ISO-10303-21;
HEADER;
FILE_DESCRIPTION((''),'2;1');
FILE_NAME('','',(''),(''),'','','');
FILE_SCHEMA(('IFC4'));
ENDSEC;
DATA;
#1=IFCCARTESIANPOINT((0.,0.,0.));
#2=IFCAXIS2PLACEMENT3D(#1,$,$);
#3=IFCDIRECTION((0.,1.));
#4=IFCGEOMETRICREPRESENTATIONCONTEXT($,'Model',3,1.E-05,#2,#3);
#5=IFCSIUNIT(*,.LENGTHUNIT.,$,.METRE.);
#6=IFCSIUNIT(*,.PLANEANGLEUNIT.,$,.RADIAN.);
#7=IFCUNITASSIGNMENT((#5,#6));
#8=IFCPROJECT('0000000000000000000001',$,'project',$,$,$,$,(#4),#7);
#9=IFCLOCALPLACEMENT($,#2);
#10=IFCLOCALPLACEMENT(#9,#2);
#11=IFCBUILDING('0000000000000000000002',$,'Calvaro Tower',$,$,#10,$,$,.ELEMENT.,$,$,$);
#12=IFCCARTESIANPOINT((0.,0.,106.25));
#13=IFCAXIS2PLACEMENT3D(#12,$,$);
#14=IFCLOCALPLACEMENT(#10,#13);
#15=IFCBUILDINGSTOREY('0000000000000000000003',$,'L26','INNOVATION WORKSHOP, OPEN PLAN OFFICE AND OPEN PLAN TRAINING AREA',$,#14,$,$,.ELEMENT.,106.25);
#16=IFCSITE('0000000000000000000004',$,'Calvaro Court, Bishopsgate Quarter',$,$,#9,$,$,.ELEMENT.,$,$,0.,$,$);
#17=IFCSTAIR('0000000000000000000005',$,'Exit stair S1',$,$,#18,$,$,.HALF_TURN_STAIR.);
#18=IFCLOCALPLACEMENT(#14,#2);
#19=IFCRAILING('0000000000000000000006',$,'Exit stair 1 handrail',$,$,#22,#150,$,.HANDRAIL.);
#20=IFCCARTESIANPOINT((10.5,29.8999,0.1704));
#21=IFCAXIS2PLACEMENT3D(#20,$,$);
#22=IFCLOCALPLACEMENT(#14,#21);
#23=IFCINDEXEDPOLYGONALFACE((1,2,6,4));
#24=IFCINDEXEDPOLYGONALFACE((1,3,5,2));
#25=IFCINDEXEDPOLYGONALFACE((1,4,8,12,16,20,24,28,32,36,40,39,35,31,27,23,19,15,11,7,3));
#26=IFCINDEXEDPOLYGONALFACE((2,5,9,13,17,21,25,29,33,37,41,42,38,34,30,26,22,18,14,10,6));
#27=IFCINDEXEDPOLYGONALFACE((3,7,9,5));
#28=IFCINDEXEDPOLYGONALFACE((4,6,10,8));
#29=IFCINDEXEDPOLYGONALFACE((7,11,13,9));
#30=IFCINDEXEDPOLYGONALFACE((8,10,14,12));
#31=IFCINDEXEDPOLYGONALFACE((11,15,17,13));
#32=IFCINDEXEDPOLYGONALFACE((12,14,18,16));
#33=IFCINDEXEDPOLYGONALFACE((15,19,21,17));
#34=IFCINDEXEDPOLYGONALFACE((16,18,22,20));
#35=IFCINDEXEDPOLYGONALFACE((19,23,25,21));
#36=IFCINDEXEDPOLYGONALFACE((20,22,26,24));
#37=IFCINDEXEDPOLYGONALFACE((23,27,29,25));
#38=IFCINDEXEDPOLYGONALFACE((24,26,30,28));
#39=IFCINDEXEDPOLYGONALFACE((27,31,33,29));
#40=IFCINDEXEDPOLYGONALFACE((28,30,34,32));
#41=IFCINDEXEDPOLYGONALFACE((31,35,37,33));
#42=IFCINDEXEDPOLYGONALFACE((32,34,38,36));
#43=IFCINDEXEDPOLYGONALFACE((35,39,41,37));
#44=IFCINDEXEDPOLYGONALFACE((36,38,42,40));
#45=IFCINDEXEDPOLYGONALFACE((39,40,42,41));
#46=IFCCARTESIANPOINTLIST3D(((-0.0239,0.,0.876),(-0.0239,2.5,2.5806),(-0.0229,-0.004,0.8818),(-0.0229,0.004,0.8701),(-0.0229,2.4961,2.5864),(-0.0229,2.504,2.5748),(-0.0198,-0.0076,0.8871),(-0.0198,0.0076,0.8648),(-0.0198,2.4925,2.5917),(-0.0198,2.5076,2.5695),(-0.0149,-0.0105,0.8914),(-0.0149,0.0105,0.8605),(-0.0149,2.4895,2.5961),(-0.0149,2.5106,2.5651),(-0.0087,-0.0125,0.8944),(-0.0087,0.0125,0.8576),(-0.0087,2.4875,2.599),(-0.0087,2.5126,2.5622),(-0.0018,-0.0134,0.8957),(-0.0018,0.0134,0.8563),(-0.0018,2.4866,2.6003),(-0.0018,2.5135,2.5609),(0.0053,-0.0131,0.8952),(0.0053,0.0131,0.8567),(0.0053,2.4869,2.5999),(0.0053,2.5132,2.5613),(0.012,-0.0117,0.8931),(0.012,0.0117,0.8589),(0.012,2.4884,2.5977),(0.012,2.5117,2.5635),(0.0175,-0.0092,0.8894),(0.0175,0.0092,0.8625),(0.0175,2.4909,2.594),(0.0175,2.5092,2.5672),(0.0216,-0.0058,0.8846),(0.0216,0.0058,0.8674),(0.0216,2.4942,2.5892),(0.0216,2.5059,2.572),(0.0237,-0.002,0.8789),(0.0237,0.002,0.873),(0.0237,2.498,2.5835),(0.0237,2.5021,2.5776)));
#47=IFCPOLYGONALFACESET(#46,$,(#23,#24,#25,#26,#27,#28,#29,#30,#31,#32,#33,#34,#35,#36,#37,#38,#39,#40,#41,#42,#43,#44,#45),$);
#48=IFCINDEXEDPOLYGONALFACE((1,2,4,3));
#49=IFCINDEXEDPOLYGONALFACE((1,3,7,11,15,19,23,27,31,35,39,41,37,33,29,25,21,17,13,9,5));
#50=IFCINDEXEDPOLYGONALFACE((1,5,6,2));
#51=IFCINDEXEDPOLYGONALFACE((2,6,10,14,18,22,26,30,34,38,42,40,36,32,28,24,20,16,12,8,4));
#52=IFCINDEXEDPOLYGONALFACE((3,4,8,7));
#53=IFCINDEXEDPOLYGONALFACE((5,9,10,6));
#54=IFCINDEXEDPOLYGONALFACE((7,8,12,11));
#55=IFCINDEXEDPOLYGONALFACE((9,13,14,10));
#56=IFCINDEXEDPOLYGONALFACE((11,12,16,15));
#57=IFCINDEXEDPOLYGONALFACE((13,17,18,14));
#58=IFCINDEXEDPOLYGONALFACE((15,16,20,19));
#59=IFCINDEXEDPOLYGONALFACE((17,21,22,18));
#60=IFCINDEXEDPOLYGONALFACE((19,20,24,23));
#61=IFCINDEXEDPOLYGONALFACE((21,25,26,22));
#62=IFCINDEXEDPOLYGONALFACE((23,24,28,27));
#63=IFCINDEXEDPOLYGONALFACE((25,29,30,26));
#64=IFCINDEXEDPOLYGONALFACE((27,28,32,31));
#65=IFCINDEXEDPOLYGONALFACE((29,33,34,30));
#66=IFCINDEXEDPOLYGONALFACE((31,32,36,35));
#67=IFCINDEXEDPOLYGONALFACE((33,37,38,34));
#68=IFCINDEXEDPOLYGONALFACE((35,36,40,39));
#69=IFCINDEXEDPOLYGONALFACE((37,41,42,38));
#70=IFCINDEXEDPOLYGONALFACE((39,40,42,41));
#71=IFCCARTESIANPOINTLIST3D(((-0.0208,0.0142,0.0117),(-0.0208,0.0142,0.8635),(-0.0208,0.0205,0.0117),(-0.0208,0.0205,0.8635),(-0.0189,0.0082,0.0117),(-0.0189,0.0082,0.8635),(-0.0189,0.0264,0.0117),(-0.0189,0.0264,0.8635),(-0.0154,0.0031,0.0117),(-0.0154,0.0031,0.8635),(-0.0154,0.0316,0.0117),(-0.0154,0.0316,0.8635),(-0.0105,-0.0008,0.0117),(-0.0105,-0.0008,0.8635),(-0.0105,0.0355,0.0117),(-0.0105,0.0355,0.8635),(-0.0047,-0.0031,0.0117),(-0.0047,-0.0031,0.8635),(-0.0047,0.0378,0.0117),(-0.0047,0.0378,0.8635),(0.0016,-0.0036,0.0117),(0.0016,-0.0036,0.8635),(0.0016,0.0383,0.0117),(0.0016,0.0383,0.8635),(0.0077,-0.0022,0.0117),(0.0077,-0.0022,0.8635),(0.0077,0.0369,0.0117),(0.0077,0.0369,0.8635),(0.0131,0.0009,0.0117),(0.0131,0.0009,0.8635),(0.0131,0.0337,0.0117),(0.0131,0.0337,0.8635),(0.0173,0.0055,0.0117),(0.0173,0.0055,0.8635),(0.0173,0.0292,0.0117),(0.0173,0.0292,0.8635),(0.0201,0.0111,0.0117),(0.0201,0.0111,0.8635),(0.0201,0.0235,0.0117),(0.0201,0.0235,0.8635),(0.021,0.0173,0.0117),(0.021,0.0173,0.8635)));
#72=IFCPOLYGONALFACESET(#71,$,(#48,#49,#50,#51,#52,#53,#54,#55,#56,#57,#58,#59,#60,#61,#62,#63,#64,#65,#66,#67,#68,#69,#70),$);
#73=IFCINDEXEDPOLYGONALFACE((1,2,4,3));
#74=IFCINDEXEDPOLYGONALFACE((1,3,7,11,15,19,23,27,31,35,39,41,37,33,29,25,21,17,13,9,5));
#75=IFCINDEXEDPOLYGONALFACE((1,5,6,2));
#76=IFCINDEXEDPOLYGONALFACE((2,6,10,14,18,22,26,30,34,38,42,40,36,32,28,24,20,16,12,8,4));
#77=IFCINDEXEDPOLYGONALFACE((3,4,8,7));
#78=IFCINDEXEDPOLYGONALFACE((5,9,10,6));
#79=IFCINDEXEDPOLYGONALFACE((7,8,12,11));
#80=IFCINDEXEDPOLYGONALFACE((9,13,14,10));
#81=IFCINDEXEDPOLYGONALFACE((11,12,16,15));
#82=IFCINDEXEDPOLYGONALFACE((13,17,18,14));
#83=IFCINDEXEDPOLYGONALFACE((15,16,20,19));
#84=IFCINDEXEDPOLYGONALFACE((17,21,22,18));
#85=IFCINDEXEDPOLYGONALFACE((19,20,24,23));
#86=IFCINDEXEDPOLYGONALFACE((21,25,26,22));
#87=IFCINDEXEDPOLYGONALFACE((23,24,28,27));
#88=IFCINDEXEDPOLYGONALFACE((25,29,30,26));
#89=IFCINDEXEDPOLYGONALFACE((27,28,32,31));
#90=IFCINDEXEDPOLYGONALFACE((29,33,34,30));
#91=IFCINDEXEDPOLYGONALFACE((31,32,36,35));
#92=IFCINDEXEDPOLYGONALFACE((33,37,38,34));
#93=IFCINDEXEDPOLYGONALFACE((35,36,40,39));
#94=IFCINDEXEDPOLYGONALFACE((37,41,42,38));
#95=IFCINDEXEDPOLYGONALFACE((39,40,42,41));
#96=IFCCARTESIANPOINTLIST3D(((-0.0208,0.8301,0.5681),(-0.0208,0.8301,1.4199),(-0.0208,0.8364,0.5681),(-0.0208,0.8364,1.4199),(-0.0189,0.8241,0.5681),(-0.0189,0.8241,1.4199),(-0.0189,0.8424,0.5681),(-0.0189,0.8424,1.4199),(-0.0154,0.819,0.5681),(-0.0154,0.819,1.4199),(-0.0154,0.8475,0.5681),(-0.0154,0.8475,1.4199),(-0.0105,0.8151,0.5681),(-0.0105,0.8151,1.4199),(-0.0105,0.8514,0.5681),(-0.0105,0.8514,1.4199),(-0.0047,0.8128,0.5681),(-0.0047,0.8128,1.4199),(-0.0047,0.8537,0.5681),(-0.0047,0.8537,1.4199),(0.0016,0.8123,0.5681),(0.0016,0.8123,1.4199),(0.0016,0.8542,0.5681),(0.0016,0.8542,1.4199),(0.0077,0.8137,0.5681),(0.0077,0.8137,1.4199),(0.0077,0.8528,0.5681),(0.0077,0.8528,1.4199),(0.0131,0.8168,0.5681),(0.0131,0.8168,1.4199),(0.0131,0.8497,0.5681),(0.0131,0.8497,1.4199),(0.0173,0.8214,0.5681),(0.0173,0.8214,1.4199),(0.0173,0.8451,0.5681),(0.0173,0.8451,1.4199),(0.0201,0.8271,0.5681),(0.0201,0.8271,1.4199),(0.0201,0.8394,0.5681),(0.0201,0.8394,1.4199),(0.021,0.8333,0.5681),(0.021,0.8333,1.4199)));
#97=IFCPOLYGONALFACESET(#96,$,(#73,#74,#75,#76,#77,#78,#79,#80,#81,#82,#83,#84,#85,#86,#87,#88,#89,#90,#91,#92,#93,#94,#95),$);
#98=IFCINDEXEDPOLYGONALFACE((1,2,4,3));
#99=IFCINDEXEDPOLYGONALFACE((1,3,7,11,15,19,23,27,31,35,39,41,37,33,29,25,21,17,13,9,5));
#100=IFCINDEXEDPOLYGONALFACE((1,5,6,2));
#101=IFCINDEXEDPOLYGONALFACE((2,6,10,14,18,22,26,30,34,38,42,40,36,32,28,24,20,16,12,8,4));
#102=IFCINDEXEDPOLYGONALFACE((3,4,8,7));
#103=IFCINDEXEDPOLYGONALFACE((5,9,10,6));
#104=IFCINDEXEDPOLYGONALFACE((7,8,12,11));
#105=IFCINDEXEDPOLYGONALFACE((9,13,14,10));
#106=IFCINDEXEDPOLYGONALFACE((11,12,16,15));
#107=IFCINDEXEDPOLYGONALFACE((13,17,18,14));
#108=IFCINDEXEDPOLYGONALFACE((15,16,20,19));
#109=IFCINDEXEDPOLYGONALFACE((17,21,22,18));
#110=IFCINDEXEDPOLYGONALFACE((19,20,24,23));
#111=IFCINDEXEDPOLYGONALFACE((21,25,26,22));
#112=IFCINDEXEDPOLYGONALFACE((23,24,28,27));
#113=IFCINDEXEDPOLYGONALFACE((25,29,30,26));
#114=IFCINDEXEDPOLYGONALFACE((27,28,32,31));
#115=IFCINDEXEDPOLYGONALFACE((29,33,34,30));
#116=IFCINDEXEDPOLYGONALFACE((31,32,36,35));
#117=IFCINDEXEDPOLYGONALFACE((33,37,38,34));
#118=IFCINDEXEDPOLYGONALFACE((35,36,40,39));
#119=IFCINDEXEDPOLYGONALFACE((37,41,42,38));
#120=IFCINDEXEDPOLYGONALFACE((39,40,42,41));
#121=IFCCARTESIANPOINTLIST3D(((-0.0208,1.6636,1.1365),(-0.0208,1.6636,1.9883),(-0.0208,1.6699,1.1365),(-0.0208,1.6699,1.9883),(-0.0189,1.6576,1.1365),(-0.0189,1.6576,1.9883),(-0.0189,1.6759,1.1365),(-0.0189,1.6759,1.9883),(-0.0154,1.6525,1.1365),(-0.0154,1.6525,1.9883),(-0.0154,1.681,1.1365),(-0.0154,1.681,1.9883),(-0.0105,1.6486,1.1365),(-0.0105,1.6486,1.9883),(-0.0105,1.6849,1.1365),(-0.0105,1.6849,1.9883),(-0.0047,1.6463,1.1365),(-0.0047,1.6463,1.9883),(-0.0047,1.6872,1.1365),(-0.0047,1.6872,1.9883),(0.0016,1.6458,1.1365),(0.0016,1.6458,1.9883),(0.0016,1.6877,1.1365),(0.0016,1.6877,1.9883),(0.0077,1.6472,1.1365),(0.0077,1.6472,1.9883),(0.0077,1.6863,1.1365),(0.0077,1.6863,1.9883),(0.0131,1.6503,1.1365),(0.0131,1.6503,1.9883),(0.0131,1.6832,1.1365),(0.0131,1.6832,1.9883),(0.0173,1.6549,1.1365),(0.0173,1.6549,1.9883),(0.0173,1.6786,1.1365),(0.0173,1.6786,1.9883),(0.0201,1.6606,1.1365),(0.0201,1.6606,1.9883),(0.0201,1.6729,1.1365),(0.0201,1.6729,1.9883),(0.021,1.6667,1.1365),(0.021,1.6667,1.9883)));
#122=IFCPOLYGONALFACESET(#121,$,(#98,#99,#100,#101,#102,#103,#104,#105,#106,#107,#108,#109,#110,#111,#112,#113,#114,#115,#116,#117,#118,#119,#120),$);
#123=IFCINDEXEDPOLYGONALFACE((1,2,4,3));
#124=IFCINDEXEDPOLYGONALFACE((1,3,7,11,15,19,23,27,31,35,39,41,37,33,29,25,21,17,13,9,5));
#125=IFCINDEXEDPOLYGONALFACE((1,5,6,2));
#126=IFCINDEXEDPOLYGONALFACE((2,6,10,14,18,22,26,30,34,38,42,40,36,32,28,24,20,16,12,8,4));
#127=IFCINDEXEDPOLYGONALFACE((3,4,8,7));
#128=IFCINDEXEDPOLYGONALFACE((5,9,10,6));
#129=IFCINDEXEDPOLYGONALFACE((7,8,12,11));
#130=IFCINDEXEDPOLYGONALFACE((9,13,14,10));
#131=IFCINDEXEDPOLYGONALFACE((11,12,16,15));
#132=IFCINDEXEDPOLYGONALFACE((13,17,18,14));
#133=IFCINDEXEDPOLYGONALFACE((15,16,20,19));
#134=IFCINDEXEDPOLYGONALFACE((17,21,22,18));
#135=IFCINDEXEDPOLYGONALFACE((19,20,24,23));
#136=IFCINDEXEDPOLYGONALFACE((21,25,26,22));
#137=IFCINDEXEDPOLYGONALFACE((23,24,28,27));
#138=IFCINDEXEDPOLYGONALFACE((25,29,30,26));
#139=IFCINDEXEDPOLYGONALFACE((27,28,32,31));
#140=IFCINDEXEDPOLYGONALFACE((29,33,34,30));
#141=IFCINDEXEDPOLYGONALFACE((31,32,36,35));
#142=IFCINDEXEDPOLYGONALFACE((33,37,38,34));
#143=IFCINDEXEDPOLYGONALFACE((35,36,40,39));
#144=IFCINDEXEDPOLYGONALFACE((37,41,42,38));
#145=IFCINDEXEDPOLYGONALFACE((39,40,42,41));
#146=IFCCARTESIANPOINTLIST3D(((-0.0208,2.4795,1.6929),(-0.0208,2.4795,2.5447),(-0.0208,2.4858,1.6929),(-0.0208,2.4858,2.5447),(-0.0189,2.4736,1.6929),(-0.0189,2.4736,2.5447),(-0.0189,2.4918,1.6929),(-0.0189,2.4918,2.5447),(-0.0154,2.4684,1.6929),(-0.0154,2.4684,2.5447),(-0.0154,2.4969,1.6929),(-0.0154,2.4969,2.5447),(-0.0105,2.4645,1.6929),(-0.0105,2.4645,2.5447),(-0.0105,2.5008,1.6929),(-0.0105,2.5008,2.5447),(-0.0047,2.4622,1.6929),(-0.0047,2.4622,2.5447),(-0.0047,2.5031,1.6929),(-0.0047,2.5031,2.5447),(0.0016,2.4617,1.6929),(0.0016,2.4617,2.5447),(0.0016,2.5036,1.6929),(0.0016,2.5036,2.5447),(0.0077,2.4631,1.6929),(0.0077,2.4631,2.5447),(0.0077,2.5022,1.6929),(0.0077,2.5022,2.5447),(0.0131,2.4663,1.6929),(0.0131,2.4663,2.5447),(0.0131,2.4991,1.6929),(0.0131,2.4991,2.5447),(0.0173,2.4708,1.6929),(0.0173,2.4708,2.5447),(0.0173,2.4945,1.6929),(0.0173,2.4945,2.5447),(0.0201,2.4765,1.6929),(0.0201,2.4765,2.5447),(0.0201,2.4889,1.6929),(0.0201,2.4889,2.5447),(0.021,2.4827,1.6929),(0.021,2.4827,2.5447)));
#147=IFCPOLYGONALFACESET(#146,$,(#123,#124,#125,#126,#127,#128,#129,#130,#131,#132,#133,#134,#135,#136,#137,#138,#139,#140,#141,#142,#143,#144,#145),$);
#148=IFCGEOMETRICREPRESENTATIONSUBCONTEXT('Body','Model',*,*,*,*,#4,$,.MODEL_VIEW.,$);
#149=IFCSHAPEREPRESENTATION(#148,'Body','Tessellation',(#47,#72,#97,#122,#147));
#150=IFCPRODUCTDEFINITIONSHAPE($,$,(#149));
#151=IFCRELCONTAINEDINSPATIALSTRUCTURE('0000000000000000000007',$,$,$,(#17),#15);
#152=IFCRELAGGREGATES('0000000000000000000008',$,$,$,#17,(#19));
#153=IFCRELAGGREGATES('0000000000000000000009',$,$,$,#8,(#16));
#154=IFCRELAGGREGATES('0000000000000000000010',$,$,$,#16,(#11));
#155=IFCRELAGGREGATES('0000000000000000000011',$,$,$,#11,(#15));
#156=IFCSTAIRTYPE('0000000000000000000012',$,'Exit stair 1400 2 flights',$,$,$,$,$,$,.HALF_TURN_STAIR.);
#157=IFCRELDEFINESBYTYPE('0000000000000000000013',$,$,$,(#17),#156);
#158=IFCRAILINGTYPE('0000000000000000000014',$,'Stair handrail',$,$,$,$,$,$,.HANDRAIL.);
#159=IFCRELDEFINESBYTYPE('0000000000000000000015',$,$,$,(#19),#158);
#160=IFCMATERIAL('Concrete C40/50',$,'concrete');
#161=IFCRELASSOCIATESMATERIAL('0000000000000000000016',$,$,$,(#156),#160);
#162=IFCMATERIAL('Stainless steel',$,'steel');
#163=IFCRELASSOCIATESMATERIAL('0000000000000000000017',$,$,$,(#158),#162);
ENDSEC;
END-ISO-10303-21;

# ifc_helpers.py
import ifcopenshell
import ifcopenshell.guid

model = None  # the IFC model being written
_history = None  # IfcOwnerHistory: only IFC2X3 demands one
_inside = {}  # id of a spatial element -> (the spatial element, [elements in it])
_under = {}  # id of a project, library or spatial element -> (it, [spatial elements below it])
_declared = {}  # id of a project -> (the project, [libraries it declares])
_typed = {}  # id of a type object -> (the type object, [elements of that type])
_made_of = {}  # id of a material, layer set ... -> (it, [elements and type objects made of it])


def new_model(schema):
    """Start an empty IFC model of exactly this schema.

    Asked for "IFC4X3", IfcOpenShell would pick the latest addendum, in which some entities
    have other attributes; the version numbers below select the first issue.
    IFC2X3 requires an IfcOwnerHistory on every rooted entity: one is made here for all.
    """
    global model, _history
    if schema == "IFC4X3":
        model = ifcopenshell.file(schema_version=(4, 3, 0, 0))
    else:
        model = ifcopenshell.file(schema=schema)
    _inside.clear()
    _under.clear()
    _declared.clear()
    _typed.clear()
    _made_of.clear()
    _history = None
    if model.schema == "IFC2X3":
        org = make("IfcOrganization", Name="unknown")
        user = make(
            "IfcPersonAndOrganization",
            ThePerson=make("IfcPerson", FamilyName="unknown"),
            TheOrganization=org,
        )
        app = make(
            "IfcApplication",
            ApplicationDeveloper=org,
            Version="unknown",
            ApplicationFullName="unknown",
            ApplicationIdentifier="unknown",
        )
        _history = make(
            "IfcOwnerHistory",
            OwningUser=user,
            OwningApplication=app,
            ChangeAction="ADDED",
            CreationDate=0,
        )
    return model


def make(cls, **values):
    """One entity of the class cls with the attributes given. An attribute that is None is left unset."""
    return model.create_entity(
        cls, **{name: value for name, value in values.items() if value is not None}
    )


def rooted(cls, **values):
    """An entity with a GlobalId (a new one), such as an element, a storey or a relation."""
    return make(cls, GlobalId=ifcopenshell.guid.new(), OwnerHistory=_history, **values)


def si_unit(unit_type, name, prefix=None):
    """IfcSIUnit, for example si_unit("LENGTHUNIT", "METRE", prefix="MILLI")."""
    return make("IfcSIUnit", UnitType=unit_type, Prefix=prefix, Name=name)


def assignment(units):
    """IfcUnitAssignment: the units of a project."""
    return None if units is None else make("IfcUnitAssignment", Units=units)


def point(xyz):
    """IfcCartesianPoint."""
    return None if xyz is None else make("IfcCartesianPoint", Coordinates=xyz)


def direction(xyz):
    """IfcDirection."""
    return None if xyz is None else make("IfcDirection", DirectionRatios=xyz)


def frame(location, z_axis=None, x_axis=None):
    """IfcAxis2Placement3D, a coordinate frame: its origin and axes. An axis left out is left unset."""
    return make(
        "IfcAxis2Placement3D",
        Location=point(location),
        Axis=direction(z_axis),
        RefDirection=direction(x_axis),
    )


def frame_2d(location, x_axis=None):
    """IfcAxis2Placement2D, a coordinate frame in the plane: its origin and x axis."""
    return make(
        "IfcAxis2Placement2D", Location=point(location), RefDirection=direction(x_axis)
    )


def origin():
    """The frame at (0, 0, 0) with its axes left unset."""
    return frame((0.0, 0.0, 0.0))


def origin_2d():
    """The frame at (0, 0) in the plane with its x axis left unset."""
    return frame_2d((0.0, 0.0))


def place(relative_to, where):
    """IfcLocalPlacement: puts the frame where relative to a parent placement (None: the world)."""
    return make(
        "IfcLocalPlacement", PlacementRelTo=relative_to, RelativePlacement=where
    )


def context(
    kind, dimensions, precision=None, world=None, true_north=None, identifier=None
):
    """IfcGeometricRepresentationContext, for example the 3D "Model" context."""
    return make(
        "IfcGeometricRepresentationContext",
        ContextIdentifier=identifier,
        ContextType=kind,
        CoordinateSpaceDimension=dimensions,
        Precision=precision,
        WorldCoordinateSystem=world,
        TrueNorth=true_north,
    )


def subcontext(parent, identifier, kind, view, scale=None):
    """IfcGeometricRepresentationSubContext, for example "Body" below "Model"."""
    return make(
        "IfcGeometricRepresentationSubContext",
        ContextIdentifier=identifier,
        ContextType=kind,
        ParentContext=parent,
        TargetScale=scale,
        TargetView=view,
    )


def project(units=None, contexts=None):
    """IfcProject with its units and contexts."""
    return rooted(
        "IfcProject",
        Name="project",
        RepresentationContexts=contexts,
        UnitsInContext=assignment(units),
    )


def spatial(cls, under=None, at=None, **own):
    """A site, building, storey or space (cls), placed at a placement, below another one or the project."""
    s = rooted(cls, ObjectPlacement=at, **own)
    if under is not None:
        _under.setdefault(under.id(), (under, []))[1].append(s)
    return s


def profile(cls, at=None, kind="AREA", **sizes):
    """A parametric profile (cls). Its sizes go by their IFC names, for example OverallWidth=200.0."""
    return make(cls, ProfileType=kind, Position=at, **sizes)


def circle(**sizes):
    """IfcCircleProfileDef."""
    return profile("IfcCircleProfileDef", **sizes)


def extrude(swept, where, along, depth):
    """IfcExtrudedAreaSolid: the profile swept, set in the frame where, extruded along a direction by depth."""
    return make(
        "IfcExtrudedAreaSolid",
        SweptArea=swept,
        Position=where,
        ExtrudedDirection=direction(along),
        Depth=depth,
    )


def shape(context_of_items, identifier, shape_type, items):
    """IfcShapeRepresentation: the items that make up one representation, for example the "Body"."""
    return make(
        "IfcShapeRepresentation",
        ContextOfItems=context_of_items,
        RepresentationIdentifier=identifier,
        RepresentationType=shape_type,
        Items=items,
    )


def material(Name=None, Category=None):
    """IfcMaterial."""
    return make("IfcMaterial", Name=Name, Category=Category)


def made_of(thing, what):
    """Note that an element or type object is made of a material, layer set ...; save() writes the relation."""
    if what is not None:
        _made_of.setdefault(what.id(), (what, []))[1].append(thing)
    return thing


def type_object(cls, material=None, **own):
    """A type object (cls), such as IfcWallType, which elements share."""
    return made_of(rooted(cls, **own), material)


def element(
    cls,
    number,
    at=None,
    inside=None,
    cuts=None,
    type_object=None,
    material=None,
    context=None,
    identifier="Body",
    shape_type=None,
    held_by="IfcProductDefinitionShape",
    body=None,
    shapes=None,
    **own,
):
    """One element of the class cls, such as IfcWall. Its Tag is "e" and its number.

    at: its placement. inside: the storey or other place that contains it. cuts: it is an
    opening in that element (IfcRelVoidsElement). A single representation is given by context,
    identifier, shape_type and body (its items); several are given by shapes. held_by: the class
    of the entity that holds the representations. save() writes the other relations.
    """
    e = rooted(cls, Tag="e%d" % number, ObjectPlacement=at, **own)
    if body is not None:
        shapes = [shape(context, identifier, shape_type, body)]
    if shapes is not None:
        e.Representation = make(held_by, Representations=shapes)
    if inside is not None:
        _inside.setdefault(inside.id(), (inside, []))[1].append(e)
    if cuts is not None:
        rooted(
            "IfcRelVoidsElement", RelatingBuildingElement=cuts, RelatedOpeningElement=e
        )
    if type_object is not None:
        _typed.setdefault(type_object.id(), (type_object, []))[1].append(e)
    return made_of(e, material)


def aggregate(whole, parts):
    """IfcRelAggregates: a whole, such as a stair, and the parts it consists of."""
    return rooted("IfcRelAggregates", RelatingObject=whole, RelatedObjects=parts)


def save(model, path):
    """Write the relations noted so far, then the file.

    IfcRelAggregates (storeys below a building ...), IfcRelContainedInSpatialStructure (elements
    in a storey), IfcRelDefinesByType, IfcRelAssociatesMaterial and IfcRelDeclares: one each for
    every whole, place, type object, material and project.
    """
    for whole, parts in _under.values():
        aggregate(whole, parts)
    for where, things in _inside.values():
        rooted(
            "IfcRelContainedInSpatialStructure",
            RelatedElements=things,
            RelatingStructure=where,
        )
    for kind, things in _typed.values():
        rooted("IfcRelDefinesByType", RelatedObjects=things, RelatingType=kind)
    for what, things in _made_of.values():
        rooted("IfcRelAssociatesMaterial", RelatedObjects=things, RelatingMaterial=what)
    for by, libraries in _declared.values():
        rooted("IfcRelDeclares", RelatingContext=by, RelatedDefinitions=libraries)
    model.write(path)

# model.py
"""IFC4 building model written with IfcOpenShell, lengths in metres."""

from ifc_helpers import new_model, si_unit, direction, frame, origin, origin_2d, place, context, subcontext, project, spatial, circle, extrude, material, type_object, element, aggregate, save


model = new_model("IFC4")

# Units and contexts
model_context = context("Model", 3, precision=1e-05, world=origin(), true_north=direction((0.0, 1.0)))
body_context = subcontext(model_context, "Body", "Model", "MODEL_VIEW")
ifc_project = project(units=[si_unit("LENGTHUNIT", "METRE"), si_unit("PLANEANGLEUNIT", "RADIAN")], contexts=[model_context])

# Site, building, storey
site_placement = place(None, origin())
site = spatial("IfcSite", under=ifc_project, at=site_placement, Name="Calvaro Court, Bishopsgate Quarter", CompositionType="ELEMENT", RefElevation=0.0)
building_placement = place(site_placement, origin())
building = spatial("IfcBuilding", under=site, at=building_placement, Name="Calvaro Tower", CompositionType="ELEMENT")
storey_placement = place(building_placement, frame((0.0, 0.0, 106.25)))
storey = spatial("IfcBuildingStorey", under=building, at=storey_placement, Name="L26", Description="INNOVATION WORKSHOP, OPEN PLAN OFFICE AND OPEN PLAN TRAINING AREA", CompositionType="ELEMENT", Elevation=106.25)

# Stair, railing
ifc_material_1 = material(Name="Concrete C40/50", Category="concrete")
stair_type = type_object("IfcStairType", Name="Exit stair 1400 2 flights", PredefinedType="HALF_TURN_STAIR", material=ifc_material_1)
stair_placement = place(storey_placement, origin())
stair = element("IfcStair", 1, at=stair_placement, inside=storey, type_object=stair_type, Name="Exit stair S1", PredefinedType="HALF_TURN_STAIR")
ifc_material_2 = material(Name="Stainless steel", Category="steel")
railing_type = type_object("IfcRailingType", Name="Stair handrail", PredefinedType="HANDRAIL", material=ifc_material_2)
railing_1_placement = place(storey_placement, frame((10.5, 29.8999, 0.1704)))
railing_1 = element("IfcRailing", 2, at=railing_1_placement, type_object=railing_type, Name="Exit stair 1 handrail", PredefinedType="HANDRAIL", context=body_context, shape_type="SweptSolid", body=[
    extrude(circle(Radius=0.0239, at=origin_2d()), frame((0.0, 0.0, 0.876), z_axis=(0.0, 0.826221, 0.563347), x_axis=(-1.0, 0.0, 0.0)), (0.0, 0.0, 1.0), 3.0259),
    extrude(circle(Radius=0.021, at=origin_2d()), frame((0.0, 0.0173, 0.0117)), (0.0, 0.0, 1.0), 0.8518),
    extrude(circle(Radius=0.021, at=origin_2d()), frame((0.0, 0.8333, 0.5681)), (0.0, 0.0, 1.0), 0.8518),
    extrude(circle(Radius=0.021, at=origin_2d()), frame((0.0, 1.6667, 1.1365)), (0.0, 0.0, 1.0), 0.8518),
    extrude(circle(Radius=0.021, at=origin_2d()), frame((0.0, 2.4827, 1.6929)), (0.0, 0.0, 1.0), 0.8518),
])
aggregate(stair, [railing_1])

save(model, "model.ifc")
